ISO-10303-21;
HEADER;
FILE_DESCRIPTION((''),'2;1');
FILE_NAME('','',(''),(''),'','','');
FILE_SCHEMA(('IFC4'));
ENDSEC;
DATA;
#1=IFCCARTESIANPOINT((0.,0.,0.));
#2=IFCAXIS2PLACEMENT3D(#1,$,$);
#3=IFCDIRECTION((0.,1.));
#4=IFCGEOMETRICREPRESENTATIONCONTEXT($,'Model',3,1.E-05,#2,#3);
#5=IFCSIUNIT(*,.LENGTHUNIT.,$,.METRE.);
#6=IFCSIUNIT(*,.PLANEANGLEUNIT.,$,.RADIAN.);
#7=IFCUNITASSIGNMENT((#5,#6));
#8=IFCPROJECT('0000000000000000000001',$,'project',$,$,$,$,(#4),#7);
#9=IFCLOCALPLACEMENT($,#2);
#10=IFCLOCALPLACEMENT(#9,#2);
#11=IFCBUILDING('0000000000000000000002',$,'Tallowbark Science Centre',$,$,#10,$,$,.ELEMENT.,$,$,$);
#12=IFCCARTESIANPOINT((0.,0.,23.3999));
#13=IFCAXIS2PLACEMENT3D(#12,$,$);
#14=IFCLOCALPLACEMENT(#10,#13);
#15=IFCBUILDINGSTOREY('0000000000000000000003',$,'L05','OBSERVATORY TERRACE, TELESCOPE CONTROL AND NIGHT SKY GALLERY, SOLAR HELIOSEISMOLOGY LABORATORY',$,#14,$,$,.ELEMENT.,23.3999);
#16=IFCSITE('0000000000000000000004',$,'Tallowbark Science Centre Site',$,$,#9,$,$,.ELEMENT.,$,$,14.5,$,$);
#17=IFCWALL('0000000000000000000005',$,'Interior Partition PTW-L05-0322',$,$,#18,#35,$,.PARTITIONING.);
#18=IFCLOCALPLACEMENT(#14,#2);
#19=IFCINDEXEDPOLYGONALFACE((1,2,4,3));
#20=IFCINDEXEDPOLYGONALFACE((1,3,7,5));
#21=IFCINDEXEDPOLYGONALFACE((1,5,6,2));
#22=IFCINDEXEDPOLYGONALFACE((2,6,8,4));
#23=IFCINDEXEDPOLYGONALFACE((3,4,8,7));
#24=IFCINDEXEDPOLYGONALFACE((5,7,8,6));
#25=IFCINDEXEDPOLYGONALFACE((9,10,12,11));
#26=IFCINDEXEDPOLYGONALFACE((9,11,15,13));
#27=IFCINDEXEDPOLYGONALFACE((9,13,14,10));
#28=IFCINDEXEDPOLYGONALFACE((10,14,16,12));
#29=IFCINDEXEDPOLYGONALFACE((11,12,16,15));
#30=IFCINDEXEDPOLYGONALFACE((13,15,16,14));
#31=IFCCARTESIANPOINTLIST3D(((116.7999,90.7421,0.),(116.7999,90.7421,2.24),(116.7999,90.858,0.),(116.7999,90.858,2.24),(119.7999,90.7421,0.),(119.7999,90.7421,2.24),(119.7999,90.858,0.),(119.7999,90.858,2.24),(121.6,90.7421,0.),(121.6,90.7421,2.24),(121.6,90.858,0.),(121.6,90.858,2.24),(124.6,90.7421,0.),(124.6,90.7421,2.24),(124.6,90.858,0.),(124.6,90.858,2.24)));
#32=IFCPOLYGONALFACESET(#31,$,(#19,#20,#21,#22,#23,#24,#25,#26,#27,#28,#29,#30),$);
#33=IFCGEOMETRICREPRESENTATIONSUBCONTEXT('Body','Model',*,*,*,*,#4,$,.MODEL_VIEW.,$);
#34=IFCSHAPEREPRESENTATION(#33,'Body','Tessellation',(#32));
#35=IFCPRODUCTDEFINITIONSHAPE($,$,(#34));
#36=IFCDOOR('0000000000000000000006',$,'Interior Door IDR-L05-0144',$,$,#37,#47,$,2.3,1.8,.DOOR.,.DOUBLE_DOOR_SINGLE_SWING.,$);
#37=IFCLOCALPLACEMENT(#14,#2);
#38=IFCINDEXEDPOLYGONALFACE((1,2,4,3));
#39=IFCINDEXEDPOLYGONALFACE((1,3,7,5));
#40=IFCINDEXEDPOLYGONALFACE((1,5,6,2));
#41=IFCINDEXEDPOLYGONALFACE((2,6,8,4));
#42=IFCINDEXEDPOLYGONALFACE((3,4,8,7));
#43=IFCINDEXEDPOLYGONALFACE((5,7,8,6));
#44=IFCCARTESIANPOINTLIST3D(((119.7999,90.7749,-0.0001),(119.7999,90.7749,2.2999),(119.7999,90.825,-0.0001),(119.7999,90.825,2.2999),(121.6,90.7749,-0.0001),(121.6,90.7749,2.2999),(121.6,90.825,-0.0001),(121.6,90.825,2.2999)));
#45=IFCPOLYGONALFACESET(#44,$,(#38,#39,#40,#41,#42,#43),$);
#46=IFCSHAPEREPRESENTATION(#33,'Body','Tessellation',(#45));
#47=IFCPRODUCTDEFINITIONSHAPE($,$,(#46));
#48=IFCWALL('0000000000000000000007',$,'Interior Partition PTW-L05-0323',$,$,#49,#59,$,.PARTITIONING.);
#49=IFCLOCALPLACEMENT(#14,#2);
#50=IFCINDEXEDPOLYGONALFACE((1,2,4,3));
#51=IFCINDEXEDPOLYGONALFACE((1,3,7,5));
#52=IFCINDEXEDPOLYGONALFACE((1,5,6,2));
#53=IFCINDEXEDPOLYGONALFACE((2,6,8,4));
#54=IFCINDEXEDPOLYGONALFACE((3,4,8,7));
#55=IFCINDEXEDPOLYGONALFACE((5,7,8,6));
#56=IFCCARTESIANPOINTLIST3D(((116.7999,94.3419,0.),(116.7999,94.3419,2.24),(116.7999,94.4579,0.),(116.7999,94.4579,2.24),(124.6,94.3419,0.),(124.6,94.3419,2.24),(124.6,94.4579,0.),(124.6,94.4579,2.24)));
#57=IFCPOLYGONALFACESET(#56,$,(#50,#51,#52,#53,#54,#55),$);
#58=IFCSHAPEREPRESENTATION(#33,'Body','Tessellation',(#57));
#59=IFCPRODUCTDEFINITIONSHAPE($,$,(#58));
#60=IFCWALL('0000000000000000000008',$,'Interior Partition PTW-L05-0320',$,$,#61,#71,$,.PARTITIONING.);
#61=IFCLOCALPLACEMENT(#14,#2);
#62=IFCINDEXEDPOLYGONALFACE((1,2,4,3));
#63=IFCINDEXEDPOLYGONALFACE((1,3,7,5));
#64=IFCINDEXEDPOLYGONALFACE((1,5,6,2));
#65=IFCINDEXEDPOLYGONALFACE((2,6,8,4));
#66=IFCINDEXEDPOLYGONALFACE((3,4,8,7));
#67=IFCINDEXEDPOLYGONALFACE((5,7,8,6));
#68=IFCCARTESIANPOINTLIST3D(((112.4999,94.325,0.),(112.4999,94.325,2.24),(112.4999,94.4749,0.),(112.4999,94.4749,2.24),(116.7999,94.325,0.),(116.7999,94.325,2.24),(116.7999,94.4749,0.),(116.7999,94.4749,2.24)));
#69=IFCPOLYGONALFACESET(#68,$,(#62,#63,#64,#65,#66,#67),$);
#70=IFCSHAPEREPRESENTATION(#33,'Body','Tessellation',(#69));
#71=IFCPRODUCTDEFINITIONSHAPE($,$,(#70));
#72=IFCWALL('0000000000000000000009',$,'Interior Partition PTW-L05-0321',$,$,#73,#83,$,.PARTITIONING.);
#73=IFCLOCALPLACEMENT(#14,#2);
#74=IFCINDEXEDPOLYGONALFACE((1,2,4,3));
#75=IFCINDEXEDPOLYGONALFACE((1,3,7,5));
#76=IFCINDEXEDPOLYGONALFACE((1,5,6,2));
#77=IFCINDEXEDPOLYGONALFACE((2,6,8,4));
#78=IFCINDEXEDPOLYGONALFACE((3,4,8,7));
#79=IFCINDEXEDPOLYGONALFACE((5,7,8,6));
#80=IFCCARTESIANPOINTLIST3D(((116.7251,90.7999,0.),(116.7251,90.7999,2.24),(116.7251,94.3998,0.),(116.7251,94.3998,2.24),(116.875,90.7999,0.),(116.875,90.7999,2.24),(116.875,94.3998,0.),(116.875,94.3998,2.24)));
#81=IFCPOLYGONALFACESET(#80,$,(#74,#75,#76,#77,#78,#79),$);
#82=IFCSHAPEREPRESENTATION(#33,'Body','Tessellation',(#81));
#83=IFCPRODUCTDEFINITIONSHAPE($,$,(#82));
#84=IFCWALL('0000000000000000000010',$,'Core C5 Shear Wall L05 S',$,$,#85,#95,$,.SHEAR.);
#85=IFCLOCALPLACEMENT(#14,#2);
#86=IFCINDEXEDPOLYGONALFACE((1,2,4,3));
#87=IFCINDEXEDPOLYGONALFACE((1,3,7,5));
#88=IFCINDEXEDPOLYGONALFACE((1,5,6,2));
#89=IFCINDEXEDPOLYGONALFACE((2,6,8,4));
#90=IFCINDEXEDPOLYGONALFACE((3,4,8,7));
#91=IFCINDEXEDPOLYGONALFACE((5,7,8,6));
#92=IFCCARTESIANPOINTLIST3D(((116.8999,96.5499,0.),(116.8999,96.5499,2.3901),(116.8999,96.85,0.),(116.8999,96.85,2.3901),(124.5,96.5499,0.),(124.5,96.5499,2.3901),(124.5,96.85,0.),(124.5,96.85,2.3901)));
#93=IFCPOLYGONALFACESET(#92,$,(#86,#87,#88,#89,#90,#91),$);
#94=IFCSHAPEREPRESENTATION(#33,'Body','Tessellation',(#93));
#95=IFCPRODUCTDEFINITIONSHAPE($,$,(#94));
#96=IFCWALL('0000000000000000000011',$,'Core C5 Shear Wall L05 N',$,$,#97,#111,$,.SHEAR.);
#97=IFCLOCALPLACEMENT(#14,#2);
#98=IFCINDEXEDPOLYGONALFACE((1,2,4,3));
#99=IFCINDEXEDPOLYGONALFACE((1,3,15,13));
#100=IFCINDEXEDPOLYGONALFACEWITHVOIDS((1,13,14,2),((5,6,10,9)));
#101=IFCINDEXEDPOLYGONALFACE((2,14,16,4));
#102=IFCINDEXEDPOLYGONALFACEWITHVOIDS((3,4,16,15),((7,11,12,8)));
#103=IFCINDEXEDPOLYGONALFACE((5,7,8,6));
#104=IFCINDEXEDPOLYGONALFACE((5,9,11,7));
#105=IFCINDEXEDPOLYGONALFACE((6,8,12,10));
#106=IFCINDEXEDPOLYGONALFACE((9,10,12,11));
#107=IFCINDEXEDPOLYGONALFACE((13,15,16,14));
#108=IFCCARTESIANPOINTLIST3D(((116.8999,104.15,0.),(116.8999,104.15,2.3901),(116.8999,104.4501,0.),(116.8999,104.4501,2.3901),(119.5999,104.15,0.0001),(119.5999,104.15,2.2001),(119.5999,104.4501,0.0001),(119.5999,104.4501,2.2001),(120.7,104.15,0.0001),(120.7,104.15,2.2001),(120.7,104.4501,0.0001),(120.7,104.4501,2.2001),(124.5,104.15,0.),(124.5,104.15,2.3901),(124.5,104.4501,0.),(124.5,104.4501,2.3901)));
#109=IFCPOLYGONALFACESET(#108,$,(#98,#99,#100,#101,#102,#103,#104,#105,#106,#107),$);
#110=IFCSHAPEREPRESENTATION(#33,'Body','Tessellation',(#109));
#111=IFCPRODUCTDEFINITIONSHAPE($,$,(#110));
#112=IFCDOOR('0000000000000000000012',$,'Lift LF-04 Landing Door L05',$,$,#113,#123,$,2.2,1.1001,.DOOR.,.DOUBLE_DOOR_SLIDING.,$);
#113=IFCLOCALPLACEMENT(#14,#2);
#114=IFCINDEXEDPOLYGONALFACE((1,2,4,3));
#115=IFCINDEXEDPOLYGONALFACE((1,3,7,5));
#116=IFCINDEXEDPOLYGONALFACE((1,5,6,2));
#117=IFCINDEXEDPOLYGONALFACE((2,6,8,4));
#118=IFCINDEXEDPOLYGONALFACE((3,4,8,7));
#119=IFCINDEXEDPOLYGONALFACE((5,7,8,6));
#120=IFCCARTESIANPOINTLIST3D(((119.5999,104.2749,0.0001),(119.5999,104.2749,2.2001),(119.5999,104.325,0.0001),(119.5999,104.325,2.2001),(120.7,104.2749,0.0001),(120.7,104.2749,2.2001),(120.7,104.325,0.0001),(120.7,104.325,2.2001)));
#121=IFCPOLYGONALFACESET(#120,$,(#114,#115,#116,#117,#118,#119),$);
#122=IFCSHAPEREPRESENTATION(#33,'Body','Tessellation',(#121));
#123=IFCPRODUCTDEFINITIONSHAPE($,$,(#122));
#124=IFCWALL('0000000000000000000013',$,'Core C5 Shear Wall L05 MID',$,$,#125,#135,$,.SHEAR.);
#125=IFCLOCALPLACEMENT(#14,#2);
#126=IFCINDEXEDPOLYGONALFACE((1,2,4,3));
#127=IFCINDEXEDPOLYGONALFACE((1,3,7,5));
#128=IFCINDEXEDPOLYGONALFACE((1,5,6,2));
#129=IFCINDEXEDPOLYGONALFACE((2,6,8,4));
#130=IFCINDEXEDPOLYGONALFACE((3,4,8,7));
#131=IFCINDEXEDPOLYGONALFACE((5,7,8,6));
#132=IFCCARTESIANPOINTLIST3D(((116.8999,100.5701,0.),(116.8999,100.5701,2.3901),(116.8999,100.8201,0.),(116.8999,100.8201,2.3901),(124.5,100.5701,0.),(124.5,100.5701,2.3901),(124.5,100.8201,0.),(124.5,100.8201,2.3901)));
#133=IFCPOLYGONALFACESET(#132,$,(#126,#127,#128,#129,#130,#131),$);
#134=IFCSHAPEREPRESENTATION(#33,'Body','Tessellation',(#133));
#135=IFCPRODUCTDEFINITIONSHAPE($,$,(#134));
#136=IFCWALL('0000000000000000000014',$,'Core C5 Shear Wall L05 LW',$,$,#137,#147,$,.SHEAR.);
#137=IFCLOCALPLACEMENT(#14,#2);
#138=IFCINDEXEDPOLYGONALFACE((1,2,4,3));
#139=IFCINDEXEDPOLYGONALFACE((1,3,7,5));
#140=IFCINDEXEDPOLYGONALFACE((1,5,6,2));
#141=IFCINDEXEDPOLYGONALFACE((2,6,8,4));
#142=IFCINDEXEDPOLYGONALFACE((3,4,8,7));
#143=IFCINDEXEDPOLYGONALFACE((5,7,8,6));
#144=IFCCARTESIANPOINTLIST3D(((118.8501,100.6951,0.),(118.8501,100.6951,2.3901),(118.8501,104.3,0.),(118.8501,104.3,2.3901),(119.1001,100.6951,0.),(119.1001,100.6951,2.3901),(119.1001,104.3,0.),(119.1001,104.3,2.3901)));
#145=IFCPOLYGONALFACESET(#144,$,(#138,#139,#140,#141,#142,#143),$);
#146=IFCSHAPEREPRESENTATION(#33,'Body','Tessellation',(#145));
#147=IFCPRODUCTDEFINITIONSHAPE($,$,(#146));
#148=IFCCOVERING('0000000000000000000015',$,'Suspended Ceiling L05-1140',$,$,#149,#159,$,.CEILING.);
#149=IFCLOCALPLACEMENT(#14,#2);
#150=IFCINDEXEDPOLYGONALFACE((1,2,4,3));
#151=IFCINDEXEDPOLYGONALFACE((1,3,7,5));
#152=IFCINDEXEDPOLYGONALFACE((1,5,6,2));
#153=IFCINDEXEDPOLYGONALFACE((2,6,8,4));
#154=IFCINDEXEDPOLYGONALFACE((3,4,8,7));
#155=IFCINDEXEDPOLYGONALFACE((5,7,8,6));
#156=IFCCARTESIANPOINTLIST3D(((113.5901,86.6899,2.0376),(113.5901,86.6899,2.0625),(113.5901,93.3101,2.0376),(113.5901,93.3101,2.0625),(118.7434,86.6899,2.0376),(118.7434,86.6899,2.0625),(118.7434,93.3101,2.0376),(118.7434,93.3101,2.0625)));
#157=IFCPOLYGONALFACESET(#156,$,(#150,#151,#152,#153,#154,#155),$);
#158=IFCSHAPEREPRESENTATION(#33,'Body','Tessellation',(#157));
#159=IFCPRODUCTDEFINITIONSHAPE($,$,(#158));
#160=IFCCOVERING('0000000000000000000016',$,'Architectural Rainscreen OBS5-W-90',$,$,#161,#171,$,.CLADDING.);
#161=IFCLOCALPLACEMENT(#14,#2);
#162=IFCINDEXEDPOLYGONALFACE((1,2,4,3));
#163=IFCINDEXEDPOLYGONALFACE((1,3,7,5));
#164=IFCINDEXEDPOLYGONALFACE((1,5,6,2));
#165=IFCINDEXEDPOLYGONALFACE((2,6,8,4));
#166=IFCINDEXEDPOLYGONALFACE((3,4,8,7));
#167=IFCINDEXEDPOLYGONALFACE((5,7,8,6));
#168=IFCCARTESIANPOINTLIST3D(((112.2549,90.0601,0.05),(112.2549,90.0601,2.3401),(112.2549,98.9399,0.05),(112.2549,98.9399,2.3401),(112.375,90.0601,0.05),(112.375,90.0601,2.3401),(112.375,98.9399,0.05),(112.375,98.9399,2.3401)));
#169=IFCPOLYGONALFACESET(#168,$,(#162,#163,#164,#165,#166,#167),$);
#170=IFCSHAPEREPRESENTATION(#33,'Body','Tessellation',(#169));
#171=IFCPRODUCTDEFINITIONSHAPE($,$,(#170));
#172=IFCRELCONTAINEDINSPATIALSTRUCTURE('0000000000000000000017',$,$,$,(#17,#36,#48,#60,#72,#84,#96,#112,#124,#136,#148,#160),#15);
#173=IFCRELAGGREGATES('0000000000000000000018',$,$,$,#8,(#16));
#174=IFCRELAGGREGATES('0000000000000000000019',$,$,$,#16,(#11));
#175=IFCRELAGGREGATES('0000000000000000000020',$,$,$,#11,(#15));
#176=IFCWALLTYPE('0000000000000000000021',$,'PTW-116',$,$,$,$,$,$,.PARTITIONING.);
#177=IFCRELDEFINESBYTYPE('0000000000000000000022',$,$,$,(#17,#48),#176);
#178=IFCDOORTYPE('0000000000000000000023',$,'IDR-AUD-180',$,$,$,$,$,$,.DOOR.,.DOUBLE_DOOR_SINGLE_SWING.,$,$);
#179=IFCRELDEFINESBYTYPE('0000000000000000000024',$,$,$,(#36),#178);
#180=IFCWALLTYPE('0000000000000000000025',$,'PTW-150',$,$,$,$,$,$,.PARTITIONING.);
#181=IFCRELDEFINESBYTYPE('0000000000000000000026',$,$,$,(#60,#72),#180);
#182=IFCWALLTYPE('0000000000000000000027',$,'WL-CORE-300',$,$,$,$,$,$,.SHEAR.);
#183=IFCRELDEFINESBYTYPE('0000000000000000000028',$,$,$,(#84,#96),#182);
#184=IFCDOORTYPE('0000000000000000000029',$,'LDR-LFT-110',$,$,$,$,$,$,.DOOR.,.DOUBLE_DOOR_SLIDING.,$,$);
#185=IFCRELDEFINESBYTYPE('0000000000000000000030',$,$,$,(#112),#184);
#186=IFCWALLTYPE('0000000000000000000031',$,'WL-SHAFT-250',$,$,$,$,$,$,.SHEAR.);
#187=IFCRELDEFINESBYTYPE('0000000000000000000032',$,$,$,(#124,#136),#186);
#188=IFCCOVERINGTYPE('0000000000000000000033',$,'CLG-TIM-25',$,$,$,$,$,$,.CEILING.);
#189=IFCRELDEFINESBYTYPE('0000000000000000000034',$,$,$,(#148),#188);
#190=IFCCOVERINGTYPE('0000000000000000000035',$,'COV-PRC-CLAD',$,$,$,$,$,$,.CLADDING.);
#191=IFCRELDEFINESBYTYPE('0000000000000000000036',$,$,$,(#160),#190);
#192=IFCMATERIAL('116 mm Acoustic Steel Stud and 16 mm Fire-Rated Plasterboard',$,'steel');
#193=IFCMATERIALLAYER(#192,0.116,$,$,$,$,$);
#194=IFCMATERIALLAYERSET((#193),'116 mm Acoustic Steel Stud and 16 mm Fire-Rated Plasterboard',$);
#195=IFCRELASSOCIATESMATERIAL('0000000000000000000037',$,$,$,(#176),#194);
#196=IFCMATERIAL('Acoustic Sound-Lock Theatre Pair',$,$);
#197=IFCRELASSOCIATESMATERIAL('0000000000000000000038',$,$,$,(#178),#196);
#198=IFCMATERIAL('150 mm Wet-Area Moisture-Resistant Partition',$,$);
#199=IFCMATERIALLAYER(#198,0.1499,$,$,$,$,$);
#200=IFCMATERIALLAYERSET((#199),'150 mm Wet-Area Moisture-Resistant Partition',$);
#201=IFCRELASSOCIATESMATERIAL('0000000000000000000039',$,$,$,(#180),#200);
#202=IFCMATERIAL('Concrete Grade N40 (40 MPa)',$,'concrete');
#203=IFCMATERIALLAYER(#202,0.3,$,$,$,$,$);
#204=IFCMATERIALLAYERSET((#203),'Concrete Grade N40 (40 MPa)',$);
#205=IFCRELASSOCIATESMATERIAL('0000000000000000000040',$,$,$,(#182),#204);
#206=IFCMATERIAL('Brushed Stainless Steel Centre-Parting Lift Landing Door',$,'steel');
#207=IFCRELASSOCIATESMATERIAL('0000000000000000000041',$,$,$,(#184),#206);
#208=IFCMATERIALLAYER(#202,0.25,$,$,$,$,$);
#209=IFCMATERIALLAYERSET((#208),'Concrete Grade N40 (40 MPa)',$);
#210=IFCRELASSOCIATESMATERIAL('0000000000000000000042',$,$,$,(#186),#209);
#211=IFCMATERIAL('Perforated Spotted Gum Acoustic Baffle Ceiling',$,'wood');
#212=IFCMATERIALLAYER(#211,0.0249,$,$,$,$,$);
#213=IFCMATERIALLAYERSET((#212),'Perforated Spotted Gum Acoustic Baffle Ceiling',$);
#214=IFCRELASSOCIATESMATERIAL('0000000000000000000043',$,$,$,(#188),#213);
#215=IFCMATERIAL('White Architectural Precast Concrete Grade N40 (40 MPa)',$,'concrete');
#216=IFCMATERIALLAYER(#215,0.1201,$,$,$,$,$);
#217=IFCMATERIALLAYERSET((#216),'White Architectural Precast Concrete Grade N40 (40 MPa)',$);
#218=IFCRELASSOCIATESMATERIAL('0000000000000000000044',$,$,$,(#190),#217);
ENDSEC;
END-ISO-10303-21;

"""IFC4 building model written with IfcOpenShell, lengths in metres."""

from ifc_helpers import new_model, si_unit, direction, frame, frame_2d, origin, origin_2d, place, context, subcontext, project, spatial, rectangle, extrude, material, layer, layer_set, type_object, element, fill, save


model = new_model("IFC4")

# Units and contexts
model_context = context("Model", 3, precision=1e-05, world=origin(), true_north=direction((0.0, 1.0)))
body_context = subcontext(model_context, "Body", "Model", "MODEL_VIEW")
ifc_project = project(units=[si_unit("LENGTHUNIT", "METRE"), si_unit("PLANEANGLEUNIT", "RADIAN")], contexts=[model_context])

# Site, building, storey
site_placement = place(None, origin())
site = spatial("IfcSite", under=ifc_project, at=site_placement, Name="Tallowbark Science Centre Site", CompositionType="ELEMENT", RefElevation=14.5)
building_placement = place(site_placement, origin())
building = spatial("IfcBuilding", under=site, at=building_placement, Name="Tallowbark Science Centre", CompositionType="ELEMENT")
storey_placement = place(building_placement, frame((0.0, 0.0, 23.3999)))
storey = spatial("IfcBuildingStorey", under=building, at=storey_placement, Name="L05", Description="OBSERVATORY TERRACE, TELESCOPE CONTROL AND NIGHT SKY GALLERY, SOLAR HELIOSEISMOLOGY LABORATORY", CompositionType="ELEMENT", Elevation=23.3999)

# Wall, opening, door
ifc_material_1 = material(Name="116 mm Acoustic Steel Stud and 16 mm Fire-Rated Plasterboard", Category="steel")
ifc_layer_1 = layer(ifc_material_1, 0.116)
ifc_layer_set_1 = layer_set([ifc_layer_1], Name="116 mm Acoustic Steel Stud and 16 mm Fire-Rated Plasterboard")
wall_type_1 = type_object("IfcWallType", Name="PTW-116", PredefinedType="PARTITIONING", material=ifc_layer_set_1)
wall_1_placement = place(storey_placement, frame((116.8, 90.8, 0.0), z_axis=(0.0, 0.0, 1.0), x_axis=(1.0, 0.0, 0.0)))
wall_1 = element("IfcWall", 1, at=wall_1_placement, inside=storey, type_object=wall_type_1, Name="Interior Partition PTW-L05-0322", PredefinedType="PARTITIONING", context=body_context, shape_type="SweptSolid", body=[
    extrude(rectangle(XDim=7.8, YDim=0.116, at=frame_2d((3.8999, 0.0))), origin(), (0.0, 0.0, 1.0), 2.24),
])
opening_1_placement = place(wall_1_placement, frame((3.0, 0.0, 0.0)))
opening_1 = element("IfcOpeningElement", 2, at=opening_1_placement, cuts=wall_1, PredefinedType="OPENING", context=body_context, shape_type="SweptSolid", body=[
    extrude(rectangle(XDim=1.8, YDim=2.3, at=frame_2d((0.8999, 1.1499))), frame((0.0, 0.0679, 0.0), z_axis=(0.0, -1.0, 0.0), x_axis=(1.0, 0.0, 0.0)), (0.0, 0.0, 1.0), 0.136),
])
ifc_material_2 = material(Name="Acoustic Sound-Lock Theatre Pair")
door_type_1 = type_object("IfcDoorType", Name="IDR-AUD-180", OperationType="DOUBLE_DOOR_SINGLE_SWING", PredefinedType="DOOR", material=ifc_material_2)
door_1_placement = place(opening_1_placement, origin())
door_1 = element("IfcDoor", 3, at=door_1_placement, inside=storey, type_object=door_type_1, Name="Interior Door IDR-L05-0144", OperationType="DOUBLE_DOOR_SINGLE_SWING", OverallHeight=2.3, OverallWidth=1.8, PredefinedType="DOOR", context=body_context, shape_type="SweptSolid", body=[
    extrude(rectangle(XDim=1.8, YDim=2.3, at=frame_2d((0.8999, 1.1499))), frame((0.0, 0.0249, 0.0), z_axis=(0.0, -1.0, 0.0), x_axis=(1.0, 0.0, 0.0)), (0.0, 0.0, 1.0), 0.05),
])
fill(opening_1, door_1)

# Wall
wall_2_placement = place(storey_placement, frame((116.8, 94.3999, 0.0), z_axis=(0.0, 0.0, 1.0), x_axis=(1.0, 0.0, 0.0)))
element("IfcWall", 4, at=wall_2_placement, inside=storey, type_object=wall_type_1, Name="Interior Partition PTW-L05-0323", PredefinedType="PARTITIONING", context=body_context, shape_type="SweptSolid", body=[
    extrude(rectangle(XDim=7.8, YDim=0.116, at=frame_2d((3.8999, 0.0))), origin(), (0.0, 0.0, 1.0), 2.24),
])

# Shared definitions
ifc_material_3 = material(Name="150 mm Wet-Area Moisture-Resistant Partition")
ifc_layer_2 = layer(ifc_material_3, 0.1499)
ifc_layer_set_2 = layer_set([ifc_layer_2], Name="150 mm Wet-Area Moisture-Resistant Partition")
wall_type_2 = type_object("IfcWallType", Name="PTW-150", PredefinedType="PARTITIONING", material=ifc_layer_set_2)

# Walls
wall_3_placement = place(storey_placement, frame((112.5, 94.3999, 0.0), z_axis=(0.0, 0.0, 1.0), x_axis=(1.0, 0.0, 0.0)))
element("IfcWall", 5, at=wall_3_placement, inside=storey, type_object=wall_type_2, Name="Interior Partition PTW-L05-0320", PredefinedType="PARTITIONING", context=body_context, shape_type="SweptSolid", body=[
    extrude(rectangle(XDim=4.3, YDim=0.1499, at=frame_2d((2.1499, 0.0))), origin(), (0.0, 0.0, 1.0), 2.24),
])
wall_4_placement = place(storey_placement, frame((116.8, 90.8, 0.0), z_axis=(0.0, 0.0, 1.0), x_axis=(0.0, 1.0, 0.0)))
element("IfcWall", 6, at=wall_4_placement, inside=storey, type_object=wall_type_2, Name="Interior Partition PTW-L05-0321", PredefinedType="PARTITIONING", context=body_context, shape_type="SweptSolid", body=[
    extrude(rectangle(XDim=3.5999, YDim=0.1499, at=frame_2d((1.7998, 0.0))), origin(), (0.0, 0.0, 1.0), 2.24),
])

# Shared definitions
ifc_material_4 = material(Name="Concrete Grade N40 (40 MPa)", Category="concrete")
ifc_layer_3 = layer(ifc_material_4, 0.3)
ifc_layer_set_3 = layer_set([ifc_layer_3], Name="Concrete Grade N40 (40 MPa)")
wall_type_3 = type_object("IfcWallType", Name="WL-CORE-300", PredefinedType="SHEAR", material=ifc_layer_set_3)

# Wall
wall_5_placement = place(storey_placement, frame((116.8999, 96.7, 0.0), z_axis=(0.0, 0.0, 1.0), x_axis=(1.0, 0.0, 0.0)))
element("IfcWall", 7, at=wall_5_placement, inside=storey, type_object=wall_type_3, Name="Core C5 Shear Wall L05 S", PredefinedType="SHEAR", context=body_context, shape_type="SweptSolid", body=[
    extrude(rectangle(XDim=7.6001, YDim=0.3, at=frame_2d((3.8, 0.0))), origin(), (0.0, 0.0, 1.0), 2.3901),
])

# Wall, opening, door
wall_6_placement = place(storey_placement, frame((116.8999, 104.3, 0.0), z_axis=(0.0, 0.0, 1.0), x_axis=(1.0, 0.0, 0.0)))
wall_6 = element("IfcWall", 8, at=wall_6_placement, inside=storey, type_object=wall_type_3, Name="Core C5 Shear Wall L05 N", PredefinedType="SHEAR", context=body_context, shape_type="SweptSolid", body=[
    extrude(rectangle(XDim=7.6001, YDim=0.3, at=frame_2d((3.8, 0.0))), origin(), (0.0, 0.0, 1.0), 2.3901),
])
opening_2_placement = place(wall_6_placement, frame((2.7, 0.0, 0.0)))
opening_2 = element("IfcOpeningElement", 9, at=opening_2_placement, cuts=wall_6, PredefinedType="OPENING", context=body_context, shape_type="SweptSolid", body=[
    extrude(rectangle(XDim=1.1001, YDim=2.2, at=frame_2d((0.55, 1.1001))), frame((0.0, 0.1602, 0.0), z_axis=(0.0, -1.0, 0.0), x_axis=(1.0, 0.0, 0.0)), (0.0, 0.0, 1.0), 0.3201),
])
ifc_material_5 = material(Name="Brushed Stainless Steel Centre-Parting Lift Landing Door", Category="steel")
door_type_2 = type_object("IfcDoorType", Name="LDR-LFT-110", OperationType="DOUBLE_DOOR_SLIDING", PredefinedType="DOOR", material=ifc_material_5)
door_2_placement = place(opening_2_placement, origin())
door_2 = element("IfcDoor", 10, at=door_2_placement, inside=storey, type_object=door_type_2, Name="Lift LF-04 Landing Door L05", OperationType="DOUBLE_DOOR_SLIDING", OverallHeight=2.2, OverallWidth=1.1001, PredefinedType="DOOR", context=body_context, shape_type="SweptSolid", body=[
    extrude(rectangle(XDim=1.1001, YDim=2.2, at=frame_2d((0.55, 1.1001))), frame((0.0, 0.0249, 0.0), z_axis=(0.0, -1.0, 0.0), x_axis=(1.0, 0.0, 0.0)), (0.0, 0.0, 1.0), 0.05),
])
fill(opening_2, door_2)

# Walls
ifc_layer_4 = layer(ifc_material_4, 0.25)
ifc_layer_set_4 = layer_set([ifc_layer_4], Name="Concrete Grade N40 (40 MPa)")
wall_type_4 = type_object("IfcWallType", Name="WL-SHAFT-250", PredefinedType="SHEAR", material=ifc_layer_set_4)
wall_7_placement = place(storey_placement, frame((116.8999, 100.6951, 0.0), z_axis=(0.0, 0.0, 1.0), x_axis=(1.0, 0.0, 0.0)))
element("IfcWall", 11, at=wall_7_placement, inside=storey, type_object=wall_type_4, Name="Core C5 Shear Wall L05 MID", PredefinedType="SHEAR", context=body_context, shape_type="SweptSolid", body=[
    extrude(rectangle(XDim=7.6001, YDim=0.25, at=frame_2d((3.8, 0.0))), origin(), (0.0, 0.0, 1.0), 2.3901),
])
wall_8_placement = place(storey_placement, frame((118.9751, 100.6951, 0.0), z_axis=(0.0, 0.0, 1.0), x_axis=(0.0, 1.0, 0.0)))
element("IfcWall", 12, at=wall_8_placement, inside=storey, type_object=wall_type_4, Name="Core C5 Shear Wall L05 LW", PredefinedType="SHEAR", context=body_context, shape_type="SweptSolid", body=[
    extrude(rectangle(XDim=3.605, YDim=0.25, at=frame_2d((1.8025, 0.0))), origin(), (0.0, 0.0, 1.0), 2.3901),
])

# Coverings
ifc_material_6 = material(Name="Perforated Spotted Gum Acoustic Baffle Ceiling", Category="wood")
ifc_layer_5 = layer(ifc_material_6, 0.0249)
ifc_layer_set_5 = layer_set([ifc_layer_5], Name="Perforated Spotted Gum Acoustic Baffle Ceiling")
covering_type_1 = type_object("IfcCoveringType", Name="CLG-TIM-25", PredefinedType="CEILING", material=ifc_layer_set_5)
covering_1_placement = place(storey_placement, frame((116.1667, 90.0, 2.0376), z_axis=(0.0, 0.0, 1.0), x_axis=(1.0, 0.0, 0.0)))
element("IfcCovering", 13, at=covering_1_placement, inside=storey, type_object=covering_type_1, Name="Suspended Ceiling L05-1140", PredefinedType="CEILING", context=body_context, shape_type="SweptSolid", body=[
    extrude(rectangle(XDim=5.1533, YDim=6.6201, at=origin_2d()), origin(), (0.0, 0.0, 1.0), 0.0249),
])
ifc_material_7 = material(Name="White Architectural Precast Concrete Grade N40 (40 MPa)", Category="concrete")
ifc_layer_6 = layer(ifc_material_7, 0.1201)
ifc_layer_set_6 = layer_set([ifc_layer_6], Name="White Architectural Precast Concrete Grade N40 (40 MPa)")
covering_type_2 = type_object("IfcCoveringType", Name="COV-PRC-CLAD", PredefinedType="CLADDING", material=ifc_layer_set_6)
for number, where, z_axis, x_axis, name in (
    (14, (112.3149, 94.5, 0.05), (0.0, 0.0, 1.0), (0.0, -1.0, 0.0), "Architectural Rainscreen OBS5-W-90"),
):
    element("IfcCovering", number, at=place(storey_placement, frame(where, z_axis=z_axis, x_axis=x_axis)), inside=storey, type_object=covering_type_2, Name=name, PredefinedType="CLADDING", context=body_context, shape_type="SweptSolid", body=[
        extrude(rectangle(XDim=8.8799, YDim=0.1201, at=origin_2d()), origin(), (0.0, 0.0, 1.0), 2.29),
    ])

save(model, "model.ifc")
